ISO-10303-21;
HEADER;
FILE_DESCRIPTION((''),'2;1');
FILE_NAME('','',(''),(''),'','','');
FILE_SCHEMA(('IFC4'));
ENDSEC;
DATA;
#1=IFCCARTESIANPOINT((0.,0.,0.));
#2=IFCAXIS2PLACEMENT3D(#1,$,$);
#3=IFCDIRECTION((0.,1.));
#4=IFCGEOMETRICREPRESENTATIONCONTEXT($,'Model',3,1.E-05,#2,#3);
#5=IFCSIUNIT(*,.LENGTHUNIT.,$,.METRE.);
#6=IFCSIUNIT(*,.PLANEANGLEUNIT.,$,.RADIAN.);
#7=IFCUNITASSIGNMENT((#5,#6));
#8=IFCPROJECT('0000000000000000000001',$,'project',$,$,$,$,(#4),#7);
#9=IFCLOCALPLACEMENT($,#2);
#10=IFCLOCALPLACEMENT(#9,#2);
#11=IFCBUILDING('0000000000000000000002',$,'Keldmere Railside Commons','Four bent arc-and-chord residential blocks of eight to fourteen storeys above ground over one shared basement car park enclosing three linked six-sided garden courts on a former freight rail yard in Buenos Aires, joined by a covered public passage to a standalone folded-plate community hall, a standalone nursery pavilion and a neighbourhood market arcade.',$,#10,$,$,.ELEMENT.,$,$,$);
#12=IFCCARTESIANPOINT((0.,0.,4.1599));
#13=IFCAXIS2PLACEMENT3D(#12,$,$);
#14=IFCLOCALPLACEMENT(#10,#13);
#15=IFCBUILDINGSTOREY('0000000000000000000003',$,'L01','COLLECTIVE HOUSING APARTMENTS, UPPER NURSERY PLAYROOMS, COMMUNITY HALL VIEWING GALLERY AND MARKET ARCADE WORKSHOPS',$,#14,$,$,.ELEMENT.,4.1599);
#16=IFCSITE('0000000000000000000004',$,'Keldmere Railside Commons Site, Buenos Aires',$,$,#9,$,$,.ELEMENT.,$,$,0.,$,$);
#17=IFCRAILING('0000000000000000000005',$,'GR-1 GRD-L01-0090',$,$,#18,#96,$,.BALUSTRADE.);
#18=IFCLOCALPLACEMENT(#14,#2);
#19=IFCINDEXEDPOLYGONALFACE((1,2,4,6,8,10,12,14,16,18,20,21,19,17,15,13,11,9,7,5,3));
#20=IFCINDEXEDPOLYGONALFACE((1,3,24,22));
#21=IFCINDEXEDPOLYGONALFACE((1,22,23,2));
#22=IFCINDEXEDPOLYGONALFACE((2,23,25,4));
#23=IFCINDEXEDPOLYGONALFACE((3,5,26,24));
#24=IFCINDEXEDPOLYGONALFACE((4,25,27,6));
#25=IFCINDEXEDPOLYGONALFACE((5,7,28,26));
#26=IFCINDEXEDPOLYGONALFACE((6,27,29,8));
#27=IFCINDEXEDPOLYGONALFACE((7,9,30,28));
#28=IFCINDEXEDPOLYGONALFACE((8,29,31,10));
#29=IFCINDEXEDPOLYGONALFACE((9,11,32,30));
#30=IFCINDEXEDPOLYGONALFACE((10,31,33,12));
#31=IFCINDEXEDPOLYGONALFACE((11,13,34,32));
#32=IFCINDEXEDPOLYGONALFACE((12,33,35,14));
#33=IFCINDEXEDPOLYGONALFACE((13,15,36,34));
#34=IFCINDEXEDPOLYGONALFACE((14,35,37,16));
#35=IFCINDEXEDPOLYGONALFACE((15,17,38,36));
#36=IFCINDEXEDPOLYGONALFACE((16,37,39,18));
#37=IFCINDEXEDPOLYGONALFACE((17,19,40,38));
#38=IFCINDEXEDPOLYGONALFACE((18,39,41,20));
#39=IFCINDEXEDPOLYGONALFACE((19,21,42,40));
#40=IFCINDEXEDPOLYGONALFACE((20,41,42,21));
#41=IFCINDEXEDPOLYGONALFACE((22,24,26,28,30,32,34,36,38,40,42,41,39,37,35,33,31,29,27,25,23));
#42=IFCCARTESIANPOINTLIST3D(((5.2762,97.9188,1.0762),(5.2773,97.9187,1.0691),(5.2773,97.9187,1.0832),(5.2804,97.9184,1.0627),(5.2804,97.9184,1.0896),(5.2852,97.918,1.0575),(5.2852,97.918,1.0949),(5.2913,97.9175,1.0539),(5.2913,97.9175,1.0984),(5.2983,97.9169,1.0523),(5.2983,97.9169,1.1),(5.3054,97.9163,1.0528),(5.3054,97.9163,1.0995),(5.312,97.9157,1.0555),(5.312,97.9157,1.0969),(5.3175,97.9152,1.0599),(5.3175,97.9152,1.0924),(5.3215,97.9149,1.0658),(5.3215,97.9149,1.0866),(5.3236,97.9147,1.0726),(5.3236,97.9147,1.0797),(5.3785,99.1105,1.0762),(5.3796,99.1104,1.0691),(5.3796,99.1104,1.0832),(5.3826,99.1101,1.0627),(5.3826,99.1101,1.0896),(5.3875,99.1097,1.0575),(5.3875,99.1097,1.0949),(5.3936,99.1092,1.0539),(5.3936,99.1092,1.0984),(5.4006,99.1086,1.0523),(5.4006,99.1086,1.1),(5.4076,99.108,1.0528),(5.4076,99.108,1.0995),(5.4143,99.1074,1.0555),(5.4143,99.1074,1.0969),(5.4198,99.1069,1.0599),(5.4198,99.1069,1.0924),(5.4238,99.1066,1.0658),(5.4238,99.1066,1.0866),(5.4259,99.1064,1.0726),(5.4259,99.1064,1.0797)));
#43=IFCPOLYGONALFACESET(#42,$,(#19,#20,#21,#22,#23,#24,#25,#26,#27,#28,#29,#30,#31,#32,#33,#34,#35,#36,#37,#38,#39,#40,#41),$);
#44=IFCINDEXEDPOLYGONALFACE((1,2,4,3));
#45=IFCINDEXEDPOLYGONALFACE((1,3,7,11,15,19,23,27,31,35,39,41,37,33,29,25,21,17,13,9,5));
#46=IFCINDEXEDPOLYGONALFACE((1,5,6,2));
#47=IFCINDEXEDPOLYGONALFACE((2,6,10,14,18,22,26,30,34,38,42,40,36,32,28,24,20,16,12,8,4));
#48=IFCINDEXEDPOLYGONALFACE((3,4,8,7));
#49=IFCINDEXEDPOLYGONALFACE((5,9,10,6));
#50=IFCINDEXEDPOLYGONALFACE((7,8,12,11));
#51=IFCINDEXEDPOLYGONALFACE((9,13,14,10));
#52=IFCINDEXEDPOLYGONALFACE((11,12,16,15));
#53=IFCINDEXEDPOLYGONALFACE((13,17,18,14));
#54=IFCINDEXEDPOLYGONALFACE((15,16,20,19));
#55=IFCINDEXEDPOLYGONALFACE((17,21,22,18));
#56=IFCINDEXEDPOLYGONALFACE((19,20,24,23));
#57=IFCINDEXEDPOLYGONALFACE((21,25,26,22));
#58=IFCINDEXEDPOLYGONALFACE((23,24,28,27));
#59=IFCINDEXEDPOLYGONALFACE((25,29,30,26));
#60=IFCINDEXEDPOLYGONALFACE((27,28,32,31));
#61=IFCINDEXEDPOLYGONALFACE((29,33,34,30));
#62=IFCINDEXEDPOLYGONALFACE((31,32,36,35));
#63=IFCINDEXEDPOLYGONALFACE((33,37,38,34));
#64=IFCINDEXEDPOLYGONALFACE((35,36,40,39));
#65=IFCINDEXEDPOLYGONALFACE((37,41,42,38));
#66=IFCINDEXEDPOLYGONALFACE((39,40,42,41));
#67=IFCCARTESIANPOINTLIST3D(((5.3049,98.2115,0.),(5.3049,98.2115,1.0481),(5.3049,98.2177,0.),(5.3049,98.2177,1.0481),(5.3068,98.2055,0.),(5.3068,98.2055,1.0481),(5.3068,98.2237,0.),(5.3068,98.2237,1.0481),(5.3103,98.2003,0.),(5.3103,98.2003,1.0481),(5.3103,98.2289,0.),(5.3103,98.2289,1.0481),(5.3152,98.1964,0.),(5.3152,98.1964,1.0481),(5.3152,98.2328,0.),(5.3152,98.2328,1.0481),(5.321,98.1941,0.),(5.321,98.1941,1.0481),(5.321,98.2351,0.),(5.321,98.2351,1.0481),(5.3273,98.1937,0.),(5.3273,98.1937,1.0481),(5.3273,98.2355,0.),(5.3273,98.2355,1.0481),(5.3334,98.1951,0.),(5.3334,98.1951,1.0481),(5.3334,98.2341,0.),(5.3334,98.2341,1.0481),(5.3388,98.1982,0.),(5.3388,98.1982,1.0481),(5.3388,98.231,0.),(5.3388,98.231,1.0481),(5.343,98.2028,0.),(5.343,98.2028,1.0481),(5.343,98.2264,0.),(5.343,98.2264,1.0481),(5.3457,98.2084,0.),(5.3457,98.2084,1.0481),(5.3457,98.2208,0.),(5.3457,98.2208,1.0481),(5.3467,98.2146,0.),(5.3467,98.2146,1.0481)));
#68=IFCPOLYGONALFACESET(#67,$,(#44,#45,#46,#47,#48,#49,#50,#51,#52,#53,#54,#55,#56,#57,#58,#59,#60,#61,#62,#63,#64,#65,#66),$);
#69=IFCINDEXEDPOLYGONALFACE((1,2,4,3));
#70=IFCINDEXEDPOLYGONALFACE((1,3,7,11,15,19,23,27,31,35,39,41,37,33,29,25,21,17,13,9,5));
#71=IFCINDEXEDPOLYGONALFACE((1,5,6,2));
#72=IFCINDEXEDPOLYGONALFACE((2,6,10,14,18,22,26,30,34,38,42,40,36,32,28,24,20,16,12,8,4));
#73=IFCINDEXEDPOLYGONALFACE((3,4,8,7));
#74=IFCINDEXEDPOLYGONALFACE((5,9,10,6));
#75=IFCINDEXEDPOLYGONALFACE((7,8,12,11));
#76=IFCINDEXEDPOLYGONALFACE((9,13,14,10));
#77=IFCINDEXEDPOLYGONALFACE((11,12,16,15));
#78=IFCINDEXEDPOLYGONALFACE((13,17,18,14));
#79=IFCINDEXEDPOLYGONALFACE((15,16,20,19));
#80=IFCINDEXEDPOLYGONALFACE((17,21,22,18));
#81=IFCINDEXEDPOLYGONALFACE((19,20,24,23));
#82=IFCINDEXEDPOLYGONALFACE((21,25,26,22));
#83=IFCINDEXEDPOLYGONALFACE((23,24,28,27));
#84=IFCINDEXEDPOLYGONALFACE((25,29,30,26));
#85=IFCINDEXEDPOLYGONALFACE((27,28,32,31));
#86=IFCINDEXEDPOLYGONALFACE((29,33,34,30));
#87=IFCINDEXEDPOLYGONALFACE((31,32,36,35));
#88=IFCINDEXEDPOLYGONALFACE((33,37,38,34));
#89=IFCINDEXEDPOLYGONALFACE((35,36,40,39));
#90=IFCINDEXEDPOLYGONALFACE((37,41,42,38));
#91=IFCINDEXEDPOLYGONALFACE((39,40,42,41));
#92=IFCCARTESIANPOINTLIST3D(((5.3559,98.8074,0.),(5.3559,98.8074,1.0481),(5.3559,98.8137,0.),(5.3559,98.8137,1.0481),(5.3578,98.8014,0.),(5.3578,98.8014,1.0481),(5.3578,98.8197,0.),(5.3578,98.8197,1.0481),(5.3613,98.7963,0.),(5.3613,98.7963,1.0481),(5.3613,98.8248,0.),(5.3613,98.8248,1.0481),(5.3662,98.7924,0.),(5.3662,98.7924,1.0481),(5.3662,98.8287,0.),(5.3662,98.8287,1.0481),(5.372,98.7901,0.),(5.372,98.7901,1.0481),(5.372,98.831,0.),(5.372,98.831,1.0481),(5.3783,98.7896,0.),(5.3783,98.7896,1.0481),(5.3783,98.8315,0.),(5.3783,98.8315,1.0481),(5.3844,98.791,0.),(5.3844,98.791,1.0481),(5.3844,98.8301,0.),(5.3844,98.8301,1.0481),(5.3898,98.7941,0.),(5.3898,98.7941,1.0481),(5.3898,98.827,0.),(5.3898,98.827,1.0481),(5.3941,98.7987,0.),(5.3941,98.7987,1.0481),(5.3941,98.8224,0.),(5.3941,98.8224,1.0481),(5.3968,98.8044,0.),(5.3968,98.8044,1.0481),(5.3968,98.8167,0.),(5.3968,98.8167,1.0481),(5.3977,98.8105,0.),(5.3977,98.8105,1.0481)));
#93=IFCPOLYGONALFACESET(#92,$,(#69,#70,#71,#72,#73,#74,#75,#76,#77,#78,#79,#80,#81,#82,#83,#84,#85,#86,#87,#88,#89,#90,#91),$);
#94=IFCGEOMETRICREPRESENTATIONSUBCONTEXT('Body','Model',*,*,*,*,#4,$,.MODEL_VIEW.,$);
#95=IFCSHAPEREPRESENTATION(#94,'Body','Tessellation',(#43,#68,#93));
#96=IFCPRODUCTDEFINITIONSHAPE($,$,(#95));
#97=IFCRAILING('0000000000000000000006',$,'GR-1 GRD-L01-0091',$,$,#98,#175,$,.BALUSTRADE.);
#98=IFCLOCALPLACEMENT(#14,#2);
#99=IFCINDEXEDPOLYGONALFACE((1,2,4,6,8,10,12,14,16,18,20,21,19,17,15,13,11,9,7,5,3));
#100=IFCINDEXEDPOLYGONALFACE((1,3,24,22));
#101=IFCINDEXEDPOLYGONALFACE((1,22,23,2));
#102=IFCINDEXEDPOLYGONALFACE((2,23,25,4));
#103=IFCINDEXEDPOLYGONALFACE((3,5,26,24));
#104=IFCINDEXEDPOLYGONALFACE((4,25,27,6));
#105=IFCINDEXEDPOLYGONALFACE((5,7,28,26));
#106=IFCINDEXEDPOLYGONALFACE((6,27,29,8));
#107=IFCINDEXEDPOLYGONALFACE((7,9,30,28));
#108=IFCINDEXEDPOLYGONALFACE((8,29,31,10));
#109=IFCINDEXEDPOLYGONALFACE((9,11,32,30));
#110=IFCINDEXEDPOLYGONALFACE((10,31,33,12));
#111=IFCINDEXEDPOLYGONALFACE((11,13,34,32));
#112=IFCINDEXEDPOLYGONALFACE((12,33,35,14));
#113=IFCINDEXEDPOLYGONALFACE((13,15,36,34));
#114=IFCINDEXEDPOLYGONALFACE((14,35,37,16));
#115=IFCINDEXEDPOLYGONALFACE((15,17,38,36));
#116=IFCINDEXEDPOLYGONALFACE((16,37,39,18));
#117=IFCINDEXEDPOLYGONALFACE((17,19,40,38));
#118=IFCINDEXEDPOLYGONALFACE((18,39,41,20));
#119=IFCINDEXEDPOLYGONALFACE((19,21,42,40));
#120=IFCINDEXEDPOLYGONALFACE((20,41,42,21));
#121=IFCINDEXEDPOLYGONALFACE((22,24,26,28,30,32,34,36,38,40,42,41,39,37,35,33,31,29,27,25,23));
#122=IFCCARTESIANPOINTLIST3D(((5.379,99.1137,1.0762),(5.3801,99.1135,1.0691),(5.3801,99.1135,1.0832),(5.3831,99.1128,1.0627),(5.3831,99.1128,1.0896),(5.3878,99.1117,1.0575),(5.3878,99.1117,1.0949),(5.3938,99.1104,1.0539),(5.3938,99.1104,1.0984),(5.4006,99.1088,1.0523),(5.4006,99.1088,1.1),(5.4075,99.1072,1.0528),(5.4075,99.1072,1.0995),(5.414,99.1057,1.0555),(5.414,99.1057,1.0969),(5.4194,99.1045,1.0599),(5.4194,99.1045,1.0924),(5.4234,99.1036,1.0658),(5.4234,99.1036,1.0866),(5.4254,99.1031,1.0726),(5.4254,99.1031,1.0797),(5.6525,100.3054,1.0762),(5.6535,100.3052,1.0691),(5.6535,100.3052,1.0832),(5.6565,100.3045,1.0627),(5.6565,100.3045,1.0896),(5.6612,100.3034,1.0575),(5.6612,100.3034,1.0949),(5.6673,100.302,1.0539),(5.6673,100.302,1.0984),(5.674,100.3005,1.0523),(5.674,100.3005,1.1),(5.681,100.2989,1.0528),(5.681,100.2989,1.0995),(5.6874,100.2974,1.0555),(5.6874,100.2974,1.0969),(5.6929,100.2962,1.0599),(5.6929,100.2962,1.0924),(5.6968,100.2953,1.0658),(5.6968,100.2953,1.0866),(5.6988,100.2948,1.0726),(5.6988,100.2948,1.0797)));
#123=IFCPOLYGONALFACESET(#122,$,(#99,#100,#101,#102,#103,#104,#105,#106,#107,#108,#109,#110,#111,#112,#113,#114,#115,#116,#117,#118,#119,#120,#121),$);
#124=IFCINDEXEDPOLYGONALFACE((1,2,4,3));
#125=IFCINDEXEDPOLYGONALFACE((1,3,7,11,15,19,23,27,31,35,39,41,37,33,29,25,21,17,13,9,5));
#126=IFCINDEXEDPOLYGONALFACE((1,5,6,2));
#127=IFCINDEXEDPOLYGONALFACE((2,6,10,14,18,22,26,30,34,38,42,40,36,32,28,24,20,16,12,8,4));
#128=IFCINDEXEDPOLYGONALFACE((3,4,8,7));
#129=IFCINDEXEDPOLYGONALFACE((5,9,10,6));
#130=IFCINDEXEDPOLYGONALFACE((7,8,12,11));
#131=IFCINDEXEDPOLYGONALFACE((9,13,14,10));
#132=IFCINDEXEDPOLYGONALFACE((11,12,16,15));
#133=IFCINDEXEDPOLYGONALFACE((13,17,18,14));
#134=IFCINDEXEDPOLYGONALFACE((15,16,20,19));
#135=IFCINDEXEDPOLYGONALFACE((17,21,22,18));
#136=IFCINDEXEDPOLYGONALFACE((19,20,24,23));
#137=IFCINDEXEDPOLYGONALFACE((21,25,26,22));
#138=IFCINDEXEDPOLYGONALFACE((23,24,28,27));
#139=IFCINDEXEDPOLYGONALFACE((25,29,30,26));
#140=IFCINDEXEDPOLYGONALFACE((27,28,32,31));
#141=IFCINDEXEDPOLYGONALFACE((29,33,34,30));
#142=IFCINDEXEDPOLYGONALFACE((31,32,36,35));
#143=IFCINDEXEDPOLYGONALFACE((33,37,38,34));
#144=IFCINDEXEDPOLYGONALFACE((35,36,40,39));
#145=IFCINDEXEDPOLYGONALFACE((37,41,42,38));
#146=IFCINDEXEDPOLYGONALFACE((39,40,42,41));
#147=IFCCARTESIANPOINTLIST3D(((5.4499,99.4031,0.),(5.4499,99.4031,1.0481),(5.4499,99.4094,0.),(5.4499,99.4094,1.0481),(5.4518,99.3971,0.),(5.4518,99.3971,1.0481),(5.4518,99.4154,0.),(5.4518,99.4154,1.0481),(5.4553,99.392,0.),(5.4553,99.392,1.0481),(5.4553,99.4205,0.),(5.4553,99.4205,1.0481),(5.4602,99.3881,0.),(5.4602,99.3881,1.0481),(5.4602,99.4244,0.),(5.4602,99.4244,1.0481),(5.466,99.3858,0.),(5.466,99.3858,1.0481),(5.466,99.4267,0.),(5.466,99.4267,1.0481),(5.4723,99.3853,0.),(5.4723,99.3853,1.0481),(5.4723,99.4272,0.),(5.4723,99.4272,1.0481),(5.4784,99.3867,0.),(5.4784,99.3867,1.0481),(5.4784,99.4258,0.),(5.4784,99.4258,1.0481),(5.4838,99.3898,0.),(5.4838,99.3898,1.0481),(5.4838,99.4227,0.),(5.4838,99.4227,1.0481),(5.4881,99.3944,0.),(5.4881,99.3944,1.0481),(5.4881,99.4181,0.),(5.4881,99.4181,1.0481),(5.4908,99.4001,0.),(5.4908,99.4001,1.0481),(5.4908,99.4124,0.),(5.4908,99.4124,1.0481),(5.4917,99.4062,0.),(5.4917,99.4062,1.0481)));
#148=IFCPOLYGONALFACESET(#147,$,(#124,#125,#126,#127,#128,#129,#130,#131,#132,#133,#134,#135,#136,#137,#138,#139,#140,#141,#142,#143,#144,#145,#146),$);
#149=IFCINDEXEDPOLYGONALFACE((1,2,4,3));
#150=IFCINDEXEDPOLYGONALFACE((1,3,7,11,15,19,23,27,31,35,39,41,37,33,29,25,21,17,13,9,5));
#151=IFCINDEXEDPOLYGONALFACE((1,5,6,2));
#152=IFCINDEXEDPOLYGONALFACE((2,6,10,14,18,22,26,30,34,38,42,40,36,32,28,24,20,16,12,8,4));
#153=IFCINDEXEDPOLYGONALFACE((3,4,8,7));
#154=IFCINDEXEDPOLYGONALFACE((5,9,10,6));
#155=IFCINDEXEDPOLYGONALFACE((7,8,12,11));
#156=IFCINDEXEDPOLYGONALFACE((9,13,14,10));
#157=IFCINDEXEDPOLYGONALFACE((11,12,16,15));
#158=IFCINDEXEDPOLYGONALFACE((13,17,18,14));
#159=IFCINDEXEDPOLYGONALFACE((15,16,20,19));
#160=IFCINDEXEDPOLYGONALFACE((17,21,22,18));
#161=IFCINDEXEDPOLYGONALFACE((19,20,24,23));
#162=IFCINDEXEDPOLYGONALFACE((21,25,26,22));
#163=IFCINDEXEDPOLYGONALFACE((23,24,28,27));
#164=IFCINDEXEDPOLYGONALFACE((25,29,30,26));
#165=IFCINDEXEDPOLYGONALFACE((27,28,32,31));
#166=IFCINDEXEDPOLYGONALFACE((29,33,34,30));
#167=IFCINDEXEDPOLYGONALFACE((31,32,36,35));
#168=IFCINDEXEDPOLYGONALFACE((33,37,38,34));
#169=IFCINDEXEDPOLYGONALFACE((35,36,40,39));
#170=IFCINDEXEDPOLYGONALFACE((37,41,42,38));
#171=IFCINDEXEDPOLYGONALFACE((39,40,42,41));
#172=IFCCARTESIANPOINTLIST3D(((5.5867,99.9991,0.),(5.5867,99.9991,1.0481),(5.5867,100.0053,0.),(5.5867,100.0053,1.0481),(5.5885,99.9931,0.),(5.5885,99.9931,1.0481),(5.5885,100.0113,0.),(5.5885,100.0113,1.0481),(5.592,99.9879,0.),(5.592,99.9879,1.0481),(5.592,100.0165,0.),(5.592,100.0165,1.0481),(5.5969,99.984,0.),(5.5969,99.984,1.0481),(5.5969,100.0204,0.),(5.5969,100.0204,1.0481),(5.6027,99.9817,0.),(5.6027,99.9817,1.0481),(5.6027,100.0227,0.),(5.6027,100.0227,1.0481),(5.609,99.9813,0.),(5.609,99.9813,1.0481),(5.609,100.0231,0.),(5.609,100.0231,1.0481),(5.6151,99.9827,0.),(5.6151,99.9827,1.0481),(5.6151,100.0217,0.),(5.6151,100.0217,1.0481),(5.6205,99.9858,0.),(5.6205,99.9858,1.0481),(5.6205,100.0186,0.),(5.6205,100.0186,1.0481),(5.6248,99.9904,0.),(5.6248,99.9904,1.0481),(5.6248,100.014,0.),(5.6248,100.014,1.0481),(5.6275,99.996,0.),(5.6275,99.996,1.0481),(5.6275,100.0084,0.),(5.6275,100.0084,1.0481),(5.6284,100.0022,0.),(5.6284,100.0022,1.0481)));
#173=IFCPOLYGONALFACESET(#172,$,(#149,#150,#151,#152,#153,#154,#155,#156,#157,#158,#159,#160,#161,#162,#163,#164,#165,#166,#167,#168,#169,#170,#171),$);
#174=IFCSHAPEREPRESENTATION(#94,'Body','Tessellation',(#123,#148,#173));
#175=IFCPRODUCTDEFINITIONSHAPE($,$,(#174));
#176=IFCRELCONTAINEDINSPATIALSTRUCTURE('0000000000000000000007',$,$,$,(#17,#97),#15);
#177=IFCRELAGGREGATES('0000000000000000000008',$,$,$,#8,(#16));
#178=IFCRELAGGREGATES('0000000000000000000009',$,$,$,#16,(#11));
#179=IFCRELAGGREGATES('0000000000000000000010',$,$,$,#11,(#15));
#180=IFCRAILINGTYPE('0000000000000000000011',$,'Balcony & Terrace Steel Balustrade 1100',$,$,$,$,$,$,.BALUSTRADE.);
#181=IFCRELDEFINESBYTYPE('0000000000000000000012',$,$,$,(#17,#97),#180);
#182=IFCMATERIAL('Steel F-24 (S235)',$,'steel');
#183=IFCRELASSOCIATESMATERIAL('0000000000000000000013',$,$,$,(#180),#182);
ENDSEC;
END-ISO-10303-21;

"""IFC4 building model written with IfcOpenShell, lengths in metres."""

from ifc_helpers import new_model, si_unit, direction, frame, origin, origin_2d, place, context, subcontext, project, spatial, circle, extrude, material, type_object, element, save


model = new_model("IFC4")

# Units and contexts
model_context = context("Model", 3, precision=1e-05, world=origin(), true_north=direction((0.0, 1.0)))
body_context = subcontext(model_context, "Body", "Model", "MODEL_VIEW")
ifc_project = project(units=[si_unit("LENGTHUNIT", "METRE"), si_unit("PLANEANGLEUNIT", "RADIAN")], contexts=[model_context])

# Site, building, storey
site_placement = place(None, origin())
site = spatial("IfcSite", under=ifc_project, at=site_placement, Name="Keldmere Railside Commons Site, Buenos Aires", CompositionType="ELEMENT", RefElevation=0.0)
building_placement = place(site_placement, origin())
building = spatial("IfcBuilding", under=site, at=building_placement, Name="Keldmere Railside Commons", Description="Four bent arc-and-chord residential blocks of eight to fourteen storeys above ground over one shared basement car park enclosing three linked six-sided garden courts on a former freight rail yard in Buenos Aires, joined by a covered public passage to a standalone folded-plate community hall, a standalone nursery pavilion and a neighbourhood market arcade.", CompositionType="ELEMENT")
storey_placement = place(building_placement, frame((0.0, 0.0, 4.1599)))
storey = spatial("IfcBuildingStorey", under=building, at=storey_placement, Name="L01", Description="COLLECTIVE HOUSING APARTMENTS, UPPER NURSERY PLAYROOMS, COMMUNITY HALL VIEWING GALLERY AND MARKET ARCADE WORKSHOPS", CompositionType="ELEMENT", Elevation=4.1599)

# Railings
ifc_material_1 = material(Name="Steel F-24 (S235)", Category="steel")
railing_type = type_object("IfcRailingType", Name="Balcony & Terrace Steel Balustrade 1100", PredefinedType="BALUSTRADE", material=ifc_material_1)
railing_1_placement = place(storey_placement, frame((5.3, 97.9167, 0.0)))
element("IfcRailing", 1, at=railing_1_placement, inside=storey, type_object=railing_type, Name="GR-1 GRD-L01-0090", PredefinedType="BALUSTRADE", context=body_context, shape_type="SweptSolid", body=[
    extrude(circle(Radius=0.0239, at=origin_2d()), frame((0.0, 0.0, 1.0762), z_axis=(0.085529, 0.996336, 0.0), x_axis=(-0.996336, 0.085529, 0.0)), (0.0, 0.0, 1.0), 1.196),
    extrude(circle(Radius=0.021, at=origin_2d()), frame((0.0256, 0.2979, 0.0)), (0.0, 0.0, 1.0), 1.0481),
    extrude(circle(Radius=0.021, at=origin_2d()), frame((0.0767, 0.8938, 0.0)), (0.0, 0.0, 1.0), 1.0481),
])
railing_2_placement = place(storey_placement, frame((5.4023, 99.1084, 0.0)))
element("IfcRailing", 2, at=railing_2_placement, inside=storey, type_object=railing_type, Name="GR-1 GRD-L01-0091", PredefinedType="BALUSTRADE", context=body_context, shape_type="SweptSolid", body=[
    extrude(circle(Radius=0.0239, at=origin_2d()), frame((0.0, 0.0, 1.0762), z_axis=(0.223649, 0.97467, 0.0), x_axis=(-0.97467, 0.223649, 0.0)), (0.0, 0.0, 1.0), 1.2227),
    extrude(circle(Radius=0.021, at=origin_2d()), frame((0.0684, 0.2979, 0.0)), (0.0, 0.0, 1.0), 1.0481),
    extrude(circle(Radius=0.021, at=origin_2d()), frame((0.2051, 0.8938, 0.0)), (0.0, 0.0, 1.0), 1.0481),
])

save(model, "model.ifc")
